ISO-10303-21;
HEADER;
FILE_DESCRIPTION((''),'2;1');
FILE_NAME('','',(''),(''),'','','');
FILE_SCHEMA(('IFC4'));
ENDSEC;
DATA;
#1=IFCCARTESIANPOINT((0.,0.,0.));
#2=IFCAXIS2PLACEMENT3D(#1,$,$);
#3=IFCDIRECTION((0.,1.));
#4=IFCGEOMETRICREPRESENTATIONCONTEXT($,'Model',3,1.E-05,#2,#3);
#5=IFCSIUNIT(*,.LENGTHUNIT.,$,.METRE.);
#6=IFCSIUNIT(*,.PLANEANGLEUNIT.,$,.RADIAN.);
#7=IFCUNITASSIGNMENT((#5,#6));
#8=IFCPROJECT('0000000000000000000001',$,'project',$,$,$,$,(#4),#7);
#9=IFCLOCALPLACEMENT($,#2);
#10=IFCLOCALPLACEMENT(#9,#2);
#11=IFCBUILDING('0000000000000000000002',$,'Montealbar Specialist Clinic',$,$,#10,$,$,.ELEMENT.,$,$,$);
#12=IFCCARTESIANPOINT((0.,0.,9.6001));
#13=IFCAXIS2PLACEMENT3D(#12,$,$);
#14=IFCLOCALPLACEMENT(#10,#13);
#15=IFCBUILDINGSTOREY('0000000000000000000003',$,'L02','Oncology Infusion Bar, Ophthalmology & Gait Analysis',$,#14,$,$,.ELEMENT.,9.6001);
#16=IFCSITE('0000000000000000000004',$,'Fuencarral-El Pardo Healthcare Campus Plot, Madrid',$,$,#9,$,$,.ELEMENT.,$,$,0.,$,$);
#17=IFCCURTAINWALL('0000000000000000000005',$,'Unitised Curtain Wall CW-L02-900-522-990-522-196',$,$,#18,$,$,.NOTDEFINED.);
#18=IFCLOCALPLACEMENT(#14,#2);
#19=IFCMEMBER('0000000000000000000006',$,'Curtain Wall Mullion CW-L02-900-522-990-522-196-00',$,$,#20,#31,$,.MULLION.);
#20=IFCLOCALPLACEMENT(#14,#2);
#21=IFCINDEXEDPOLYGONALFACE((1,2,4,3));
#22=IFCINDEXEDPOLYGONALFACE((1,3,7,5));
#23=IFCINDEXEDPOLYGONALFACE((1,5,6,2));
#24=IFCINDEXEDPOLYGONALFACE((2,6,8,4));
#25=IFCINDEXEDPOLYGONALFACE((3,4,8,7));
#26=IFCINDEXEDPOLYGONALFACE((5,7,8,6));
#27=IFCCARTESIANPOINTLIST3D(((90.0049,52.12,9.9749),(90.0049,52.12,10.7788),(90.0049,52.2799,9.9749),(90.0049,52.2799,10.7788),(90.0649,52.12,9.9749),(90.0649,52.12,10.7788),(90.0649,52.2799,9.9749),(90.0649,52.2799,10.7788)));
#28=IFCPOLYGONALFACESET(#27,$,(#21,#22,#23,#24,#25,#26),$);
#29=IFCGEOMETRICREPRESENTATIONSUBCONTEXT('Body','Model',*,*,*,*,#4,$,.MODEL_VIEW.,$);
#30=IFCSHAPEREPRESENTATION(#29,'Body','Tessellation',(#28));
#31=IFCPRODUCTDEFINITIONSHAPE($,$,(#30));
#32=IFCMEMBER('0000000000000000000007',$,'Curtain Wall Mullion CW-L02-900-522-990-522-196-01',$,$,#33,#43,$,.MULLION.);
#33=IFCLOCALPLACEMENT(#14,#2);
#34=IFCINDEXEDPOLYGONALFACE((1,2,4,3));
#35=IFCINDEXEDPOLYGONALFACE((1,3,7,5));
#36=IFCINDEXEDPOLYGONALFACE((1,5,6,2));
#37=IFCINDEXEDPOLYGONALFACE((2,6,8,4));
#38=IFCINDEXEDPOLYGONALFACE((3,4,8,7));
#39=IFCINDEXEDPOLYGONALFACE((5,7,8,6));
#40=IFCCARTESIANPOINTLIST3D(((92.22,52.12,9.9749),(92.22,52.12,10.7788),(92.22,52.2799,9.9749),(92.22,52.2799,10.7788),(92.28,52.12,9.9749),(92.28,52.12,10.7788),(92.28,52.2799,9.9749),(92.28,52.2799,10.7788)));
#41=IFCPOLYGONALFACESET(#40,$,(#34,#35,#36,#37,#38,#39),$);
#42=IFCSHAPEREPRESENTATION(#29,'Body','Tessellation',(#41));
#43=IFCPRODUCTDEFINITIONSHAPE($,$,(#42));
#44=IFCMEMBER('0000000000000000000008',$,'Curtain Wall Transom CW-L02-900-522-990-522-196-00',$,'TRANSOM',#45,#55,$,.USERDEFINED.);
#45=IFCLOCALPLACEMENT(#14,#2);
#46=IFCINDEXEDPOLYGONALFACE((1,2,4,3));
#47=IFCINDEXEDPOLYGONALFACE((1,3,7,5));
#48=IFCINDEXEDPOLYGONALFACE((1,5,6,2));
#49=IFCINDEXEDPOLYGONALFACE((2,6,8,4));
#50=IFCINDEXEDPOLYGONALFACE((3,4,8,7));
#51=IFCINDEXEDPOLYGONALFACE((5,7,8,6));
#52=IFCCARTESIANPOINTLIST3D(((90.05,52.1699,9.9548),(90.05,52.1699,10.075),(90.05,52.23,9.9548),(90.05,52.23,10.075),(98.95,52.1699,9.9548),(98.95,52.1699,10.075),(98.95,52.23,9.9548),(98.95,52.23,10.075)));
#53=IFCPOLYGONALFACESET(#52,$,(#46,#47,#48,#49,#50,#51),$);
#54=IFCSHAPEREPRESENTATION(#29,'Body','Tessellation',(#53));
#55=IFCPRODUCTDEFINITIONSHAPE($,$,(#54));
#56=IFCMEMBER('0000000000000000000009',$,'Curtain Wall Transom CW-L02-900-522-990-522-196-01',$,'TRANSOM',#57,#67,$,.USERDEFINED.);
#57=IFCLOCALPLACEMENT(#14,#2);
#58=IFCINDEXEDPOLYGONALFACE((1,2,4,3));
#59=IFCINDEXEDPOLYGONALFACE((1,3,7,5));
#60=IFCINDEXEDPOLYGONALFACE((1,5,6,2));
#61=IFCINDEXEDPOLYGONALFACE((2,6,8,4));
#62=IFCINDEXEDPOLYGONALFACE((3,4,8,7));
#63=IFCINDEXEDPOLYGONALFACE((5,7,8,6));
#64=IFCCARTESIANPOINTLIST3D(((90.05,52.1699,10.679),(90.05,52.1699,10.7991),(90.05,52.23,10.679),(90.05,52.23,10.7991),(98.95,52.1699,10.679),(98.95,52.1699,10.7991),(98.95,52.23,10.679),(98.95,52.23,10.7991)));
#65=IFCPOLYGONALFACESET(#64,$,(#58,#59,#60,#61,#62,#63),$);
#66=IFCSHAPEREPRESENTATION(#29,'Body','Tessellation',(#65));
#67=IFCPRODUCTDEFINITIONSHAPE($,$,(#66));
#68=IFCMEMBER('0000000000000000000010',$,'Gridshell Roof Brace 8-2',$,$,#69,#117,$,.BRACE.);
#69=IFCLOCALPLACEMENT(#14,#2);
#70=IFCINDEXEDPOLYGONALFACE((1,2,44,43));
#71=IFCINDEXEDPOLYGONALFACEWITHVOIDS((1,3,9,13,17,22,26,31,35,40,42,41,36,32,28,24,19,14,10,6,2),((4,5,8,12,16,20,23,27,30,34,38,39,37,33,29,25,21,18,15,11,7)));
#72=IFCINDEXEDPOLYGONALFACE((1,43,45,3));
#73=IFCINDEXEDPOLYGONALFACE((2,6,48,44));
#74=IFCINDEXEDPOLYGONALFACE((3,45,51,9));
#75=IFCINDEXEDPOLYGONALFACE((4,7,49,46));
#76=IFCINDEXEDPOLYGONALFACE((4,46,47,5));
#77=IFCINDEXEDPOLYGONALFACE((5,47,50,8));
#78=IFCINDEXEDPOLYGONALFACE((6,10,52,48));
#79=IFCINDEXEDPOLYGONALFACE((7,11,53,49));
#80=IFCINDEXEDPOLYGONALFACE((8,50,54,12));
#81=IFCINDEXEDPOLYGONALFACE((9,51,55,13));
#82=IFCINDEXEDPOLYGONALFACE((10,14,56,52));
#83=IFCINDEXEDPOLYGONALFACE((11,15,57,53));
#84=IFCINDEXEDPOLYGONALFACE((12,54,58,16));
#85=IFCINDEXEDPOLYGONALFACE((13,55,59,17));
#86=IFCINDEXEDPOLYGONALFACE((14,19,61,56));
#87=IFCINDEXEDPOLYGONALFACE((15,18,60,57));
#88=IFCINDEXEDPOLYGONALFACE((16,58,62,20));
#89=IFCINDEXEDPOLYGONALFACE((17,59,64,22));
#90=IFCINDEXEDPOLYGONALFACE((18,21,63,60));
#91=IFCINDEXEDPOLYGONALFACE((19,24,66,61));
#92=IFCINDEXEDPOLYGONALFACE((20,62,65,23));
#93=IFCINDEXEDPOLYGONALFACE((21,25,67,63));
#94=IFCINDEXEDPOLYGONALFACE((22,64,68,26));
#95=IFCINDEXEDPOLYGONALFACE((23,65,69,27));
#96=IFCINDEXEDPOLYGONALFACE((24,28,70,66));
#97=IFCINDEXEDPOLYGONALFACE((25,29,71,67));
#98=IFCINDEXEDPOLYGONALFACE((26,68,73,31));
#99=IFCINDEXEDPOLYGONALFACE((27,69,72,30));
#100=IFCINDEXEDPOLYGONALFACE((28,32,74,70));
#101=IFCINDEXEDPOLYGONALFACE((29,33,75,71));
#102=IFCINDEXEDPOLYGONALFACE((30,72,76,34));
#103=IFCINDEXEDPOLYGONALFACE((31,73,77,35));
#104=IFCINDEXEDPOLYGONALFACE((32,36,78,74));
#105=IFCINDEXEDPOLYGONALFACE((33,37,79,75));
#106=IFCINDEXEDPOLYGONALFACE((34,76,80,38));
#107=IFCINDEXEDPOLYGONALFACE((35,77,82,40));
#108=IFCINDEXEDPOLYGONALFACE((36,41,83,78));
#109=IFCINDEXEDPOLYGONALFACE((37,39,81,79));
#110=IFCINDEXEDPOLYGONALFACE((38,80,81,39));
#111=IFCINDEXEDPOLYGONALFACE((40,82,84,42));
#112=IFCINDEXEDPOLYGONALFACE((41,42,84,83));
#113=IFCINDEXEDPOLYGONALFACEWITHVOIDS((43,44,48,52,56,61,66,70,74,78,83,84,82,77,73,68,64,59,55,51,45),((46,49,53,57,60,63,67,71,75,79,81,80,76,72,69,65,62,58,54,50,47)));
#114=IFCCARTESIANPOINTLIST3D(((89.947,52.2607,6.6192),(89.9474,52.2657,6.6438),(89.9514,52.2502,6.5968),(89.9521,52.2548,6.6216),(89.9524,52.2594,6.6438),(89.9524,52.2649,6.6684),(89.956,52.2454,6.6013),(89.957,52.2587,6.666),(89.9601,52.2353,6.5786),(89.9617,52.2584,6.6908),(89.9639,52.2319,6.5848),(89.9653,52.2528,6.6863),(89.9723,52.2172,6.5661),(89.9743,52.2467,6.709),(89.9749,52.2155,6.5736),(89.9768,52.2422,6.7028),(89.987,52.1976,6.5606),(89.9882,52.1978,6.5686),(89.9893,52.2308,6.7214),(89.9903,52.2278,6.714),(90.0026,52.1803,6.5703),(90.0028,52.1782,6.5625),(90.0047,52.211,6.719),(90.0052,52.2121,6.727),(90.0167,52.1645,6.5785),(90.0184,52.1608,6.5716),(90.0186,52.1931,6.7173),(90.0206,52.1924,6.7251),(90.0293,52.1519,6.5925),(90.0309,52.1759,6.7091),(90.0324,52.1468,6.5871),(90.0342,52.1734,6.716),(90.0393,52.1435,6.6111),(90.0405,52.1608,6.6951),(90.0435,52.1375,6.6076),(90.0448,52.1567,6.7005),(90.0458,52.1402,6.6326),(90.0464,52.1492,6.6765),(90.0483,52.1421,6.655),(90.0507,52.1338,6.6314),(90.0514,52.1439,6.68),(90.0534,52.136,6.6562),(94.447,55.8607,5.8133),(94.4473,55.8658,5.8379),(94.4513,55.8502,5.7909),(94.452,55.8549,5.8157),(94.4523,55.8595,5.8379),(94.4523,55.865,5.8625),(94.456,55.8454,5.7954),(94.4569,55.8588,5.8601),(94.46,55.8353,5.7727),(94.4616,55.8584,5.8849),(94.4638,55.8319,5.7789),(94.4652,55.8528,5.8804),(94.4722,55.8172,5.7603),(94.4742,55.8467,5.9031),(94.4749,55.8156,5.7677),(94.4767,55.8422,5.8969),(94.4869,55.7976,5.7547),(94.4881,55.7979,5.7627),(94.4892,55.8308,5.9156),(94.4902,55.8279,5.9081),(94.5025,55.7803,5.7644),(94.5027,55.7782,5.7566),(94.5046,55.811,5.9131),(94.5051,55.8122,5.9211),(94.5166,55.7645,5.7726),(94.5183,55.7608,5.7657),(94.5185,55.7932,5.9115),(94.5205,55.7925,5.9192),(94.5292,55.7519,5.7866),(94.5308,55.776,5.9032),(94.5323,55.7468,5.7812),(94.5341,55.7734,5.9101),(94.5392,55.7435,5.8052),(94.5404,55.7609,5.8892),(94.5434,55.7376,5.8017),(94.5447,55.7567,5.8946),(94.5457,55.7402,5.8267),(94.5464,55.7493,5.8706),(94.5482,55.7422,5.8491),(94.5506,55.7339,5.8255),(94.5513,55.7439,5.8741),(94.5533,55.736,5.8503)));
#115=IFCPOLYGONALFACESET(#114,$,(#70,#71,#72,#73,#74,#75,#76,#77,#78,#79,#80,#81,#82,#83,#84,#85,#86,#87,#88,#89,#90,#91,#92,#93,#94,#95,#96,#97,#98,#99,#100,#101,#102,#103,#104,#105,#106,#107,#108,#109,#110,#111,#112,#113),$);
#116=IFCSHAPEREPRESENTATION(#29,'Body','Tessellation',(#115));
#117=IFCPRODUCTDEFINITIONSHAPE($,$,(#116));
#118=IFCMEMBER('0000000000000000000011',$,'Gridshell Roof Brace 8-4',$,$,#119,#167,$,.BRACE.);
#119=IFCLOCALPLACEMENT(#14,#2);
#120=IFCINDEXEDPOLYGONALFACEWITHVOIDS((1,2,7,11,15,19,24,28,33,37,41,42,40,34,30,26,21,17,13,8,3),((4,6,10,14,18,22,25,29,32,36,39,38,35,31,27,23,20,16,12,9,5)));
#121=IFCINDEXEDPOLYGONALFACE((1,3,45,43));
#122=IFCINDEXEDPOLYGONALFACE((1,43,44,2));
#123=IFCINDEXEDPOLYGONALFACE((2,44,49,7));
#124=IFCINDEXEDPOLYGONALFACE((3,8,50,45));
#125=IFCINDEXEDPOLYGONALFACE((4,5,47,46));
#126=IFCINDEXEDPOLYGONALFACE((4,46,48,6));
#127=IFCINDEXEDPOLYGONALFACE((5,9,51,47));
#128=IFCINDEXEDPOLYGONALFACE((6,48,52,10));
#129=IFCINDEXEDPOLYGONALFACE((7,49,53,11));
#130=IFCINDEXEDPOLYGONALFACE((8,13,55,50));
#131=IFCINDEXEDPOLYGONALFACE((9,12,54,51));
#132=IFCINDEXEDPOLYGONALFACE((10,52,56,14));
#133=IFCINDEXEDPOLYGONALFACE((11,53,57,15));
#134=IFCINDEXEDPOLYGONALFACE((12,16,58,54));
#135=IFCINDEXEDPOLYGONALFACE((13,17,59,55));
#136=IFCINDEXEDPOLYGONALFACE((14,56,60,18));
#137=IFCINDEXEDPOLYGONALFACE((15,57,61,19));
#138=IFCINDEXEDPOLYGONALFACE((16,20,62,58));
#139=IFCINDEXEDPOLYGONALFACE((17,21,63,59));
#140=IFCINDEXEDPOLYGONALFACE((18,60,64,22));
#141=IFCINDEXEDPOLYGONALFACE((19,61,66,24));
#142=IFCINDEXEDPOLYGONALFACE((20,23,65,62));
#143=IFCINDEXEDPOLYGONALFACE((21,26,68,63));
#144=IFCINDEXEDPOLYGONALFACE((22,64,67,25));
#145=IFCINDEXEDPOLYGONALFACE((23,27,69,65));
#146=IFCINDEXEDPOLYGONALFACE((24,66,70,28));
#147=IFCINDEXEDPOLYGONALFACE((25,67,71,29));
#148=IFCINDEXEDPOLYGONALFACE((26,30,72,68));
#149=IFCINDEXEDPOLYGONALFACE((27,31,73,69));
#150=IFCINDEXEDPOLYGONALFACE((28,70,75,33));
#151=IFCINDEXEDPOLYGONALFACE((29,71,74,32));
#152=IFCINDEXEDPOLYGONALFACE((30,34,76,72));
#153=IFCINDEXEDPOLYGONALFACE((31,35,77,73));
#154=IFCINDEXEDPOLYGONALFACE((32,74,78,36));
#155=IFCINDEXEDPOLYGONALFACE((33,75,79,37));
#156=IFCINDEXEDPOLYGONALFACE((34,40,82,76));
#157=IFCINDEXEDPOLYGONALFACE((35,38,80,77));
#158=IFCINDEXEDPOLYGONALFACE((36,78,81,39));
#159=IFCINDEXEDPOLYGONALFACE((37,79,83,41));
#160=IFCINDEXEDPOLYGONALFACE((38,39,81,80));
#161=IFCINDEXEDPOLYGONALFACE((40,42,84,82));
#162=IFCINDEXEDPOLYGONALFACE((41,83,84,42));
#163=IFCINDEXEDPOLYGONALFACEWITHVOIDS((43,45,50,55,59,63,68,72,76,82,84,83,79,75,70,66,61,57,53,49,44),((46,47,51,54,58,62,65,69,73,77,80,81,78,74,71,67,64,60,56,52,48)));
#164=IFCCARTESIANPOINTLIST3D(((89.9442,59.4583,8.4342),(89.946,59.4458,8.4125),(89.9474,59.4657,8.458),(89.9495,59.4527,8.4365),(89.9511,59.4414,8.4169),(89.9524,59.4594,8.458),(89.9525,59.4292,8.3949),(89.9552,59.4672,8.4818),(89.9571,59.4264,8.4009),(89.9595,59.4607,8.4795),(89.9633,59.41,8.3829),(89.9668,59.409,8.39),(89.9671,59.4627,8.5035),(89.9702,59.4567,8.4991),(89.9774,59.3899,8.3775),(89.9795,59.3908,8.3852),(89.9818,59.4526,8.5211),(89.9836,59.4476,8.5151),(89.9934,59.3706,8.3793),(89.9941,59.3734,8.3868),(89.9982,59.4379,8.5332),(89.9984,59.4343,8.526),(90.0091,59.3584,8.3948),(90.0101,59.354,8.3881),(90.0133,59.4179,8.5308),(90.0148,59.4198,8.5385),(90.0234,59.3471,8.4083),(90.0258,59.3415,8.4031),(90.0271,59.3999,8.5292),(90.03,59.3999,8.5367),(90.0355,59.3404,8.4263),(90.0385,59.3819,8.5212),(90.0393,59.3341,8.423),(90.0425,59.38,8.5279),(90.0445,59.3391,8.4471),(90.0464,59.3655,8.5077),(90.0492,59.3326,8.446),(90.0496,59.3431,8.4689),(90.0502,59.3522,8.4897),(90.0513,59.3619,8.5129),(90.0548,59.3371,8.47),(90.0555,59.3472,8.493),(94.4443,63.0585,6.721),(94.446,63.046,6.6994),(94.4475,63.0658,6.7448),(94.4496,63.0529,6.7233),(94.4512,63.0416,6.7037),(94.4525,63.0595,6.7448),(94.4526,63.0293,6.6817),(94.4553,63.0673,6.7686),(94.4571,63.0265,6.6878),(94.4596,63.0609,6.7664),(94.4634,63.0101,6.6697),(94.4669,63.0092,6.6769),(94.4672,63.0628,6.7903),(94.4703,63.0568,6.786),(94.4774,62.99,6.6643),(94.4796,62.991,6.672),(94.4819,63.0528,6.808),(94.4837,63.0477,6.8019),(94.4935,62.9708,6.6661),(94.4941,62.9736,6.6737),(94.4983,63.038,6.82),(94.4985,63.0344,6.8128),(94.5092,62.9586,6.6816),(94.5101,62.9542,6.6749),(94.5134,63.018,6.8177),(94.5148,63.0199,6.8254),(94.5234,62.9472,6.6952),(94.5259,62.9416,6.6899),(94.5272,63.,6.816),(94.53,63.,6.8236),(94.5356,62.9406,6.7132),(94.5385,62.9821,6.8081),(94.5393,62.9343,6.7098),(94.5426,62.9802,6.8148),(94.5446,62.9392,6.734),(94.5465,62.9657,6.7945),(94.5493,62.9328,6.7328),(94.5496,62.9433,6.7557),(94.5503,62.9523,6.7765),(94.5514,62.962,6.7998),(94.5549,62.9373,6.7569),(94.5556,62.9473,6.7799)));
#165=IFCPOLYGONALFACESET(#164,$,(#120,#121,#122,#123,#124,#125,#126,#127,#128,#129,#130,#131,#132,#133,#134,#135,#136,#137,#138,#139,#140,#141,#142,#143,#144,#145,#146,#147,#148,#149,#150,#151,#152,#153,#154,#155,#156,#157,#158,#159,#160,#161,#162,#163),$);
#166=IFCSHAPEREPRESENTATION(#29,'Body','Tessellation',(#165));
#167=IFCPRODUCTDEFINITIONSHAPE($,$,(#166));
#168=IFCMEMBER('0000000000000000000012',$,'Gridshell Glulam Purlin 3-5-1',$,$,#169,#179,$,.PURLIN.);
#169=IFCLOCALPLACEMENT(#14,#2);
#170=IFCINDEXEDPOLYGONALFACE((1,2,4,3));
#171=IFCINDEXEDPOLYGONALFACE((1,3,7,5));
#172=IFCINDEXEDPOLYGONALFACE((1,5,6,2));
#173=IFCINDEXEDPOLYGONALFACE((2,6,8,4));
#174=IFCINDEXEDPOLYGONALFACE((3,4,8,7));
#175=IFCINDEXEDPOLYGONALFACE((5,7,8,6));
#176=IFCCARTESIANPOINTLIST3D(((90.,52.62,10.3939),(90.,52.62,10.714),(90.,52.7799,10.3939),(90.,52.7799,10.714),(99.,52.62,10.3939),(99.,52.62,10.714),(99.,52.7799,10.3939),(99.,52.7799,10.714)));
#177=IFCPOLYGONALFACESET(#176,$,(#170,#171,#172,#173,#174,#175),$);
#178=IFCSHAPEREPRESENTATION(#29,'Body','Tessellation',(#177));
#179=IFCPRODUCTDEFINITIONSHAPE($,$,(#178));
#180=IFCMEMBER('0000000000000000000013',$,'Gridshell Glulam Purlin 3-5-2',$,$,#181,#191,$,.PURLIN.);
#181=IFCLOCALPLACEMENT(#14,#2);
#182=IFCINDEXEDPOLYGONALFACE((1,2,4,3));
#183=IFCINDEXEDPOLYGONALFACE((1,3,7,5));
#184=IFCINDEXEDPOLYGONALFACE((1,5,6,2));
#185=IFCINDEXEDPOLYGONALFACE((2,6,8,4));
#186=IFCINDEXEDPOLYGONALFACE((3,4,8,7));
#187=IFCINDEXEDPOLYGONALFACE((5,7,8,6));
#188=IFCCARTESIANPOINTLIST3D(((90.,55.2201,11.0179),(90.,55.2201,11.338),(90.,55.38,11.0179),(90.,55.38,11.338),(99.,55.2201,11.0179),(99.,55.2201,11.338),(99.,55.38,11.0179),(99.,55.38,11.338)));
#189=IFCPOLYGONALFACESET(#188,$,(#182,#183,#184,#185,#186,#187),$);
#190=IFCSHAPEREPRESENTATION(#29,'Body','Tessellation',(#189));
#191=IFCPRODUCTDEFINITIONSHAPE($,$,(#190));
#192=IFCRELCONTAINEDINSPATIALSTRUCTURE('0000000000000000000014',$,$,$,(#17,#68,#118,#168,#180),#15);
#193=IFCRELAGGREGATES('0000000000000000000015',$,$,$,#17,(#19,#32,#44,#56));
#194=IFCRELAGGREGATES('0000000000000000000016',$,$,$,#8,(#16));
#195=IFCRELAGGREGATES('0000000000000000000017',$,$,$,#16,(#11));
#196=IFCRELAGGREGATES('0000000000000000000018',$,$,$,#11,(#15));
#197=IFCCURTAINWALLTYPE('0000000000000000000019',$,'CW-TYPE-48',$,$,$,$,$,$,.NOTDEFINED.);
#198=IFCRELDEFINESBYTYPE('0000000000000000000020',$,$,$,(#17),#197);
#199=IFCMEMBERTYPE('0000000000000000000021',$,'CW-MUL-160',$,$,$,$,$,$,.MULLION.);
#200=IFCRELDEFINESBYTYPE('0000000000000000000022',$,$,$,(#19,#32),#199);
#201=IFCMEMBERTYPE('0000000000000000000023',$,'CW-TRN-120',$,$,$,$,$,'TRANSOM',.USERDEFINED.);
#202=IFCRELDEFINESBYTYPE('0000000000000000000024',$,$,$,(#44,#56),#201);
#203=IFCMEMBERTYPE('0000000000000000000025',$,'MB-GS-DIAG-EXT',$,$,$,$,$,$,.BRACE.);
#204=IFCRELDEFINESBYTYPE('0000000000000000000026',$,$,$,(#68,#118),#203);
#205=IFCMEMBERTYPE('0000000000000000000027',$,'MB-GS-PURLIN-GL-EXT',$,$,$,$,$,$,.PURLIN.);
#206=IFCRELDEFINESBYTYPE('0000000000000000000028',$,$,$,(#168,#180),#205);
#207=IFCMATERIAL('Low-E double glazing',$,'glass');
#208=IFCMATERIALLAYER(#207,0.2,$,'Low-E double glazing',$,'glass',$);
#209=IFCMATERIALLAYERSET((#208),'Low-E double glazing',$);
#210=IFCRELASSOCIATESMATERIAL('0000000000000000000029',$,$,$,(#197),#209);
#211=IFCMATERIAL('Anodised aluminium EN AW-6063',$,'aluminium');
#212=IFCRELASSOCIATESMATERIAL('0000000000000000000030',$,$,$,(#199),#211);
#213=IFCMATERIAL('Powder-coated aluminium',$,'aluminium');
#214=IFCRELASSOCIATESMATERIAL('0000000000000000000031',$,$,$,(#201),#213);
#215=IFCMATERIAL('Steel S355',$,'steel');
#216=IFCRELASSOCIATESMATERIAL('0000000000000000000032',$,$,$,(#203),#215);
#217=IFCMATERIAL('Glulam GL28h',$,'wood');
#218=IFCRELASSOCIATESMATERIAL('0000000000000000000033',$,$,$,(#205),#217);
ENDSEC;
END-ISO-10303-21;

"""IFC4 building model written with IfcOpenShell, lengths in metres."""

from ifc_helpers import new_model, si_unit, direction, frame, origin, origin_2d, place, context, subcontext, project, spatial, rectangle, hollow_circle, extrude, material, layer, layer_set, material_profile, profile_set, type_object, element, aggregate, save


model = new_model("IFC4")

# Units and contexts
model_context = context("Model", 3, precision=1e-05, world=origin(), true_north=direction((0.0, 1.0)))
body_context = subcontext(model_context, "Body", "Model", "MODEL_VIEW")
ifc_project = project(units=[si_unit("LENGTHUNIT", "METRE"), si_unit("PLANEANGLEUNIT", "RADIAN")], contexts=[model_context])

# Site, building, storey
site_placement = place(None, origin())
site = spatial("IfcSite", under=ifc_project, at=site_placement, Name="Fuencarral-El Pardo Healthcare Campus Plot, Madrid", CompositionType="ELEMENT", RefElevation=0.0)
building_placement = place(site_placement, origin())
building = spatial("IfcBuilding", under=site, at=building_placement, Name="Montealbar Specialist Clinic", CompositionType="ELEMENT")
storey_placement = place(building_placement, frame((0.0, 0.0, 9.6001)))
storey = spatial("IfcBuildingStorey", under=building, at=storey_placement, Name="L02", Description="Oncology Infusion Bar, Ophthalmology & Gait Analysis", CompositionType="ELEMENT", Elevation=9.6001)

# Shared definitions
ifc_material_1 = material(Name="Steel S355", Category="steel")
ifc_material_2 = material(Name="Glulam GL28h", Category="wood")

# Shared definitions
ifc_material_3 = material(Name="Low-E double glazing", Category="glass")
ifc_layer_1 = layer(ifc_material_3, 0.2, Name="Low-E double glazing", Category="glass")
ifc_layer_set_1 = layer_set([ifc_layer_1], Name="Low-E double glazing")
curtain_wall_type = type_object("IfcCurtainWallType", Name="CW-TYPE-48", PredefinedType="NOTDEFINED", material=ifc_layer_set_1)
ifc_material_4 = material(Name="Anodised aluminium EN AW-6063", Category="aluminium")
ifc_material_profile_1 = material_profile(ifc_material_4, rectangle(XDim=0.0601, YDim=0.1599, at=origin_2d()), Name="ALU 60x160", Category="aluminium")
ifc_profile_set_1 = profile_set([ifc_material_profile_1], Name="Anodised aluminium EN AW-6063")
member_type_1 = type_object("IfcMemberType", Name="CW-MUL-160", PredefinedType="MULLION", material=ifc_profile_set_1)

# Curtain wall, members
curtain_wall_1_placement = place(storey_placement, origin())
curtain_wall_1 = element("IfcCurtainWall", 1, at=curtain_wall_1_placement, inside=storey, type_object=curtain_wall_type, Name="Unitised Curtain Wall CW-L02-900-522-990-522-196", PredefinedType="NOTDEFINED")
member_1_placement = place(storey_placement, frame((90.0349, 52.2, 9.9749), z_axis=(0.0, 0.0, 1.0), x_axis=(1.0, 0.0, 0.0)))
member_1 = element("IfcMember", 2, at=member_1_placement, type_object=member_type_1, Name="Curtain Wall Mullion CW-L02-900-522-990-522-196-00", PredefinedType="MULLION", context=body_context, shape_type="SweptSolid", body=[
    extrude(rectangle(XDim=0.0601, YDim=0.1599, at=origin_2d()), origin(), (0.0, 0.0, 1.0), 0.804),
])
member_2_placement = place(storey_placement, frame((92.25, 52.2, 9.9749), z_axis=(0.0, 0.0, 1.0), x_axis=(1.0, 0.0, 0.0)))
member_2 = element("IfcMember", 3, at=member_2_placement, type_object=member_type_1, Name="Curtain Wall Mullion CW-L02-900-522-990-522-196-01", PredefinedType="MULLION", context=body_context, shape_type="SweptSolid", body=[
    extrude(rectangle(XDim=0.0601, YDim=0.1599, at=origin_2d()), origin(), (0.0, 0.0, 1.0), 0.804),
])
ifc_material_5 = material(Name="Powder-coated aluminium", Category="aluminium")
ifc_material_profile_2 = material_profile(ifc_material_5, rectangle(XDim=0.0601, YDim=0.1201, at=origin_2d()), Name="ALU 60x120", Category="aluminium")
ifc_profile_set_2 = profile_set([ifc_material_profile_2], Name="Powder-coated aluminium")
member_type_2 = type_object("IfcMemberType", Name="CW-TRN-120", ElementType="TRANSOM", PredefinedType="USERDEFINED", material=ifc_profile_set_2)
member_3_placement = place(storey_placement, frame((90.05, 52.2, 10.0149), z_axis=(1.0, 0.0, 0.0), x_axis=(0.0, 1.0, 0.0)))
member_3 = element("IfcMember", 4, at=member_3_placement, type_object=member_type_2, Name="Curtain Wall Transom CW-L02-900-522-990-522-196-00", ObjectType="TRANSOM", PredefinedType="USERDEFINED", context=body_context, shape_type="SweptSolid", body=[
    extrude(rectangle(XDim=0.0601, YDim=0.1201, at=origin_2d()), origin(), (0.0, 0.0, 1.0), 8.8999),
])
member_4_placement = place(storey_placement, frame((90.05, 52.2, 10.739), z_axis=(1.0, 0.0, 0.0), x_axis=(0.0, 1.0, 0.0)))
member_4 = element("IfcMember", 5, at=member_4_placement, type_object=member_type_2, Name="Curtain Wall Transom CW-L02-900-522-990-522-196-01", ObjectType="TRANSOM", PredefinedType="USERDEFINED", context=body_context, shape_type="SweptSolid", body=[
    extrude(rectangle(XDim=0.0601, YDim=0.1201, at=origin_2d()), origin(), (0.0, 0.0, 1.0), 8.8999),
])

# Members
ifc_material_profile_3 = material_profile(ifc_material_1, hollow_circle(Radius=0.0842, WallThickness=0.0081, at=origin_2d()), Name="CHS 168.3x8.0", Category="steel")
ifc_profile_set_3 = profile_set([ifc_material_profile_3], Name="Steel S355")
member_type_3 = type_object("IfcMemberType", Name="MB-GS-DIAG-EXT", PredefinedType="BRACE", material=ifc_profile_set_3)
member_5_placement = place(storey_placement, frame((90.0, 52.2, 6.6438), z_axis=(0.773335, 0.618685, -0.138497), x_axis=(-0.624705, 0.780861, 0.0)))
element("IfcMember", 6, at=member_5_placement, inside=storey, type_object=member_type_3, Name="Gridshell Roof Brace 8-2", PredefinedType="BRACE", context=body_context, shape_type="SweptSolid", body=[
    extrude(hollow_circle(Radius=0.0842, WallThickness=0.0081, at=origin_2d()), origin(), (0.0, 0.0, 1.0), 5.8188),
])
member_6_placement = place(storey_placement, frame((90.0, 59.3999, 8.458), z_axis=(0.748489, 0.598807, -0.284947), x_axis=(-0.624705, 0.780861, 0.0)))
element("IfcMember", 7, at=member_6_placement, inside=storey, type_object=member_type_3, Name="Gridshell Roof Brace 8-4", PredefinedType="BRACE", context=body_context, shape_type="SweptSolid", body=[
    extrude(hollow_circle(Radius=0.0842, WallThickness=0.0081, at=origin_2d()), origin(), (0.0, 0.0, 1.0), 6.0122),
])
ifc_material_profile_4 = material_profile(ifc_material_2, rectangle(XDim=0.1599, YDim=0.3201, at=origin_2d()), Name="GL28h 160x320", Category="wood")
ifc_profile_set_4 = profile_set([ifc_material_profile_4], Name="Glulam GL28h")
member_type_4 = type_object("IfcMemberType", Name="MB-GS-PURLIN-GL-EXT", PredefinedType="PURLIN", material=ifc_profile_set_4)
for number, where, z_axis, x_axis, name in (
    (8, (90.0, 52.7, 10.554), (1.0, 0.0, 0.0), (0.0, 1.0, 0.0), "Gridshell Glulam Purlin 3-5-1"),
    (9, (90.0, 55.3, 11.178), (1.0, 0.0, 0.0), (0.0, 1.0, 0.0), "Gridshell Glulam Purlin 3-5-2"),
):
    element("IfcMember", number, at=place(storey_placement, frame(where, z_axis=z_axis, x_axis=x_axis)), inside=storey, type_object=member_type_4, Name=name, PredefinedType="PURLIN", context=body_context, shape_type="SweptSolid", body=[
        extrude(rectangle(XDim=0.1599, YDim=0.3201, at=origin_2d()), origin(), (0.0, 0.0, 1.0), 9.0),
    ])

aggregate(curtain_wall_1, [member_1, member_2, member_3, member_4])

save(model, "model.ifc")
